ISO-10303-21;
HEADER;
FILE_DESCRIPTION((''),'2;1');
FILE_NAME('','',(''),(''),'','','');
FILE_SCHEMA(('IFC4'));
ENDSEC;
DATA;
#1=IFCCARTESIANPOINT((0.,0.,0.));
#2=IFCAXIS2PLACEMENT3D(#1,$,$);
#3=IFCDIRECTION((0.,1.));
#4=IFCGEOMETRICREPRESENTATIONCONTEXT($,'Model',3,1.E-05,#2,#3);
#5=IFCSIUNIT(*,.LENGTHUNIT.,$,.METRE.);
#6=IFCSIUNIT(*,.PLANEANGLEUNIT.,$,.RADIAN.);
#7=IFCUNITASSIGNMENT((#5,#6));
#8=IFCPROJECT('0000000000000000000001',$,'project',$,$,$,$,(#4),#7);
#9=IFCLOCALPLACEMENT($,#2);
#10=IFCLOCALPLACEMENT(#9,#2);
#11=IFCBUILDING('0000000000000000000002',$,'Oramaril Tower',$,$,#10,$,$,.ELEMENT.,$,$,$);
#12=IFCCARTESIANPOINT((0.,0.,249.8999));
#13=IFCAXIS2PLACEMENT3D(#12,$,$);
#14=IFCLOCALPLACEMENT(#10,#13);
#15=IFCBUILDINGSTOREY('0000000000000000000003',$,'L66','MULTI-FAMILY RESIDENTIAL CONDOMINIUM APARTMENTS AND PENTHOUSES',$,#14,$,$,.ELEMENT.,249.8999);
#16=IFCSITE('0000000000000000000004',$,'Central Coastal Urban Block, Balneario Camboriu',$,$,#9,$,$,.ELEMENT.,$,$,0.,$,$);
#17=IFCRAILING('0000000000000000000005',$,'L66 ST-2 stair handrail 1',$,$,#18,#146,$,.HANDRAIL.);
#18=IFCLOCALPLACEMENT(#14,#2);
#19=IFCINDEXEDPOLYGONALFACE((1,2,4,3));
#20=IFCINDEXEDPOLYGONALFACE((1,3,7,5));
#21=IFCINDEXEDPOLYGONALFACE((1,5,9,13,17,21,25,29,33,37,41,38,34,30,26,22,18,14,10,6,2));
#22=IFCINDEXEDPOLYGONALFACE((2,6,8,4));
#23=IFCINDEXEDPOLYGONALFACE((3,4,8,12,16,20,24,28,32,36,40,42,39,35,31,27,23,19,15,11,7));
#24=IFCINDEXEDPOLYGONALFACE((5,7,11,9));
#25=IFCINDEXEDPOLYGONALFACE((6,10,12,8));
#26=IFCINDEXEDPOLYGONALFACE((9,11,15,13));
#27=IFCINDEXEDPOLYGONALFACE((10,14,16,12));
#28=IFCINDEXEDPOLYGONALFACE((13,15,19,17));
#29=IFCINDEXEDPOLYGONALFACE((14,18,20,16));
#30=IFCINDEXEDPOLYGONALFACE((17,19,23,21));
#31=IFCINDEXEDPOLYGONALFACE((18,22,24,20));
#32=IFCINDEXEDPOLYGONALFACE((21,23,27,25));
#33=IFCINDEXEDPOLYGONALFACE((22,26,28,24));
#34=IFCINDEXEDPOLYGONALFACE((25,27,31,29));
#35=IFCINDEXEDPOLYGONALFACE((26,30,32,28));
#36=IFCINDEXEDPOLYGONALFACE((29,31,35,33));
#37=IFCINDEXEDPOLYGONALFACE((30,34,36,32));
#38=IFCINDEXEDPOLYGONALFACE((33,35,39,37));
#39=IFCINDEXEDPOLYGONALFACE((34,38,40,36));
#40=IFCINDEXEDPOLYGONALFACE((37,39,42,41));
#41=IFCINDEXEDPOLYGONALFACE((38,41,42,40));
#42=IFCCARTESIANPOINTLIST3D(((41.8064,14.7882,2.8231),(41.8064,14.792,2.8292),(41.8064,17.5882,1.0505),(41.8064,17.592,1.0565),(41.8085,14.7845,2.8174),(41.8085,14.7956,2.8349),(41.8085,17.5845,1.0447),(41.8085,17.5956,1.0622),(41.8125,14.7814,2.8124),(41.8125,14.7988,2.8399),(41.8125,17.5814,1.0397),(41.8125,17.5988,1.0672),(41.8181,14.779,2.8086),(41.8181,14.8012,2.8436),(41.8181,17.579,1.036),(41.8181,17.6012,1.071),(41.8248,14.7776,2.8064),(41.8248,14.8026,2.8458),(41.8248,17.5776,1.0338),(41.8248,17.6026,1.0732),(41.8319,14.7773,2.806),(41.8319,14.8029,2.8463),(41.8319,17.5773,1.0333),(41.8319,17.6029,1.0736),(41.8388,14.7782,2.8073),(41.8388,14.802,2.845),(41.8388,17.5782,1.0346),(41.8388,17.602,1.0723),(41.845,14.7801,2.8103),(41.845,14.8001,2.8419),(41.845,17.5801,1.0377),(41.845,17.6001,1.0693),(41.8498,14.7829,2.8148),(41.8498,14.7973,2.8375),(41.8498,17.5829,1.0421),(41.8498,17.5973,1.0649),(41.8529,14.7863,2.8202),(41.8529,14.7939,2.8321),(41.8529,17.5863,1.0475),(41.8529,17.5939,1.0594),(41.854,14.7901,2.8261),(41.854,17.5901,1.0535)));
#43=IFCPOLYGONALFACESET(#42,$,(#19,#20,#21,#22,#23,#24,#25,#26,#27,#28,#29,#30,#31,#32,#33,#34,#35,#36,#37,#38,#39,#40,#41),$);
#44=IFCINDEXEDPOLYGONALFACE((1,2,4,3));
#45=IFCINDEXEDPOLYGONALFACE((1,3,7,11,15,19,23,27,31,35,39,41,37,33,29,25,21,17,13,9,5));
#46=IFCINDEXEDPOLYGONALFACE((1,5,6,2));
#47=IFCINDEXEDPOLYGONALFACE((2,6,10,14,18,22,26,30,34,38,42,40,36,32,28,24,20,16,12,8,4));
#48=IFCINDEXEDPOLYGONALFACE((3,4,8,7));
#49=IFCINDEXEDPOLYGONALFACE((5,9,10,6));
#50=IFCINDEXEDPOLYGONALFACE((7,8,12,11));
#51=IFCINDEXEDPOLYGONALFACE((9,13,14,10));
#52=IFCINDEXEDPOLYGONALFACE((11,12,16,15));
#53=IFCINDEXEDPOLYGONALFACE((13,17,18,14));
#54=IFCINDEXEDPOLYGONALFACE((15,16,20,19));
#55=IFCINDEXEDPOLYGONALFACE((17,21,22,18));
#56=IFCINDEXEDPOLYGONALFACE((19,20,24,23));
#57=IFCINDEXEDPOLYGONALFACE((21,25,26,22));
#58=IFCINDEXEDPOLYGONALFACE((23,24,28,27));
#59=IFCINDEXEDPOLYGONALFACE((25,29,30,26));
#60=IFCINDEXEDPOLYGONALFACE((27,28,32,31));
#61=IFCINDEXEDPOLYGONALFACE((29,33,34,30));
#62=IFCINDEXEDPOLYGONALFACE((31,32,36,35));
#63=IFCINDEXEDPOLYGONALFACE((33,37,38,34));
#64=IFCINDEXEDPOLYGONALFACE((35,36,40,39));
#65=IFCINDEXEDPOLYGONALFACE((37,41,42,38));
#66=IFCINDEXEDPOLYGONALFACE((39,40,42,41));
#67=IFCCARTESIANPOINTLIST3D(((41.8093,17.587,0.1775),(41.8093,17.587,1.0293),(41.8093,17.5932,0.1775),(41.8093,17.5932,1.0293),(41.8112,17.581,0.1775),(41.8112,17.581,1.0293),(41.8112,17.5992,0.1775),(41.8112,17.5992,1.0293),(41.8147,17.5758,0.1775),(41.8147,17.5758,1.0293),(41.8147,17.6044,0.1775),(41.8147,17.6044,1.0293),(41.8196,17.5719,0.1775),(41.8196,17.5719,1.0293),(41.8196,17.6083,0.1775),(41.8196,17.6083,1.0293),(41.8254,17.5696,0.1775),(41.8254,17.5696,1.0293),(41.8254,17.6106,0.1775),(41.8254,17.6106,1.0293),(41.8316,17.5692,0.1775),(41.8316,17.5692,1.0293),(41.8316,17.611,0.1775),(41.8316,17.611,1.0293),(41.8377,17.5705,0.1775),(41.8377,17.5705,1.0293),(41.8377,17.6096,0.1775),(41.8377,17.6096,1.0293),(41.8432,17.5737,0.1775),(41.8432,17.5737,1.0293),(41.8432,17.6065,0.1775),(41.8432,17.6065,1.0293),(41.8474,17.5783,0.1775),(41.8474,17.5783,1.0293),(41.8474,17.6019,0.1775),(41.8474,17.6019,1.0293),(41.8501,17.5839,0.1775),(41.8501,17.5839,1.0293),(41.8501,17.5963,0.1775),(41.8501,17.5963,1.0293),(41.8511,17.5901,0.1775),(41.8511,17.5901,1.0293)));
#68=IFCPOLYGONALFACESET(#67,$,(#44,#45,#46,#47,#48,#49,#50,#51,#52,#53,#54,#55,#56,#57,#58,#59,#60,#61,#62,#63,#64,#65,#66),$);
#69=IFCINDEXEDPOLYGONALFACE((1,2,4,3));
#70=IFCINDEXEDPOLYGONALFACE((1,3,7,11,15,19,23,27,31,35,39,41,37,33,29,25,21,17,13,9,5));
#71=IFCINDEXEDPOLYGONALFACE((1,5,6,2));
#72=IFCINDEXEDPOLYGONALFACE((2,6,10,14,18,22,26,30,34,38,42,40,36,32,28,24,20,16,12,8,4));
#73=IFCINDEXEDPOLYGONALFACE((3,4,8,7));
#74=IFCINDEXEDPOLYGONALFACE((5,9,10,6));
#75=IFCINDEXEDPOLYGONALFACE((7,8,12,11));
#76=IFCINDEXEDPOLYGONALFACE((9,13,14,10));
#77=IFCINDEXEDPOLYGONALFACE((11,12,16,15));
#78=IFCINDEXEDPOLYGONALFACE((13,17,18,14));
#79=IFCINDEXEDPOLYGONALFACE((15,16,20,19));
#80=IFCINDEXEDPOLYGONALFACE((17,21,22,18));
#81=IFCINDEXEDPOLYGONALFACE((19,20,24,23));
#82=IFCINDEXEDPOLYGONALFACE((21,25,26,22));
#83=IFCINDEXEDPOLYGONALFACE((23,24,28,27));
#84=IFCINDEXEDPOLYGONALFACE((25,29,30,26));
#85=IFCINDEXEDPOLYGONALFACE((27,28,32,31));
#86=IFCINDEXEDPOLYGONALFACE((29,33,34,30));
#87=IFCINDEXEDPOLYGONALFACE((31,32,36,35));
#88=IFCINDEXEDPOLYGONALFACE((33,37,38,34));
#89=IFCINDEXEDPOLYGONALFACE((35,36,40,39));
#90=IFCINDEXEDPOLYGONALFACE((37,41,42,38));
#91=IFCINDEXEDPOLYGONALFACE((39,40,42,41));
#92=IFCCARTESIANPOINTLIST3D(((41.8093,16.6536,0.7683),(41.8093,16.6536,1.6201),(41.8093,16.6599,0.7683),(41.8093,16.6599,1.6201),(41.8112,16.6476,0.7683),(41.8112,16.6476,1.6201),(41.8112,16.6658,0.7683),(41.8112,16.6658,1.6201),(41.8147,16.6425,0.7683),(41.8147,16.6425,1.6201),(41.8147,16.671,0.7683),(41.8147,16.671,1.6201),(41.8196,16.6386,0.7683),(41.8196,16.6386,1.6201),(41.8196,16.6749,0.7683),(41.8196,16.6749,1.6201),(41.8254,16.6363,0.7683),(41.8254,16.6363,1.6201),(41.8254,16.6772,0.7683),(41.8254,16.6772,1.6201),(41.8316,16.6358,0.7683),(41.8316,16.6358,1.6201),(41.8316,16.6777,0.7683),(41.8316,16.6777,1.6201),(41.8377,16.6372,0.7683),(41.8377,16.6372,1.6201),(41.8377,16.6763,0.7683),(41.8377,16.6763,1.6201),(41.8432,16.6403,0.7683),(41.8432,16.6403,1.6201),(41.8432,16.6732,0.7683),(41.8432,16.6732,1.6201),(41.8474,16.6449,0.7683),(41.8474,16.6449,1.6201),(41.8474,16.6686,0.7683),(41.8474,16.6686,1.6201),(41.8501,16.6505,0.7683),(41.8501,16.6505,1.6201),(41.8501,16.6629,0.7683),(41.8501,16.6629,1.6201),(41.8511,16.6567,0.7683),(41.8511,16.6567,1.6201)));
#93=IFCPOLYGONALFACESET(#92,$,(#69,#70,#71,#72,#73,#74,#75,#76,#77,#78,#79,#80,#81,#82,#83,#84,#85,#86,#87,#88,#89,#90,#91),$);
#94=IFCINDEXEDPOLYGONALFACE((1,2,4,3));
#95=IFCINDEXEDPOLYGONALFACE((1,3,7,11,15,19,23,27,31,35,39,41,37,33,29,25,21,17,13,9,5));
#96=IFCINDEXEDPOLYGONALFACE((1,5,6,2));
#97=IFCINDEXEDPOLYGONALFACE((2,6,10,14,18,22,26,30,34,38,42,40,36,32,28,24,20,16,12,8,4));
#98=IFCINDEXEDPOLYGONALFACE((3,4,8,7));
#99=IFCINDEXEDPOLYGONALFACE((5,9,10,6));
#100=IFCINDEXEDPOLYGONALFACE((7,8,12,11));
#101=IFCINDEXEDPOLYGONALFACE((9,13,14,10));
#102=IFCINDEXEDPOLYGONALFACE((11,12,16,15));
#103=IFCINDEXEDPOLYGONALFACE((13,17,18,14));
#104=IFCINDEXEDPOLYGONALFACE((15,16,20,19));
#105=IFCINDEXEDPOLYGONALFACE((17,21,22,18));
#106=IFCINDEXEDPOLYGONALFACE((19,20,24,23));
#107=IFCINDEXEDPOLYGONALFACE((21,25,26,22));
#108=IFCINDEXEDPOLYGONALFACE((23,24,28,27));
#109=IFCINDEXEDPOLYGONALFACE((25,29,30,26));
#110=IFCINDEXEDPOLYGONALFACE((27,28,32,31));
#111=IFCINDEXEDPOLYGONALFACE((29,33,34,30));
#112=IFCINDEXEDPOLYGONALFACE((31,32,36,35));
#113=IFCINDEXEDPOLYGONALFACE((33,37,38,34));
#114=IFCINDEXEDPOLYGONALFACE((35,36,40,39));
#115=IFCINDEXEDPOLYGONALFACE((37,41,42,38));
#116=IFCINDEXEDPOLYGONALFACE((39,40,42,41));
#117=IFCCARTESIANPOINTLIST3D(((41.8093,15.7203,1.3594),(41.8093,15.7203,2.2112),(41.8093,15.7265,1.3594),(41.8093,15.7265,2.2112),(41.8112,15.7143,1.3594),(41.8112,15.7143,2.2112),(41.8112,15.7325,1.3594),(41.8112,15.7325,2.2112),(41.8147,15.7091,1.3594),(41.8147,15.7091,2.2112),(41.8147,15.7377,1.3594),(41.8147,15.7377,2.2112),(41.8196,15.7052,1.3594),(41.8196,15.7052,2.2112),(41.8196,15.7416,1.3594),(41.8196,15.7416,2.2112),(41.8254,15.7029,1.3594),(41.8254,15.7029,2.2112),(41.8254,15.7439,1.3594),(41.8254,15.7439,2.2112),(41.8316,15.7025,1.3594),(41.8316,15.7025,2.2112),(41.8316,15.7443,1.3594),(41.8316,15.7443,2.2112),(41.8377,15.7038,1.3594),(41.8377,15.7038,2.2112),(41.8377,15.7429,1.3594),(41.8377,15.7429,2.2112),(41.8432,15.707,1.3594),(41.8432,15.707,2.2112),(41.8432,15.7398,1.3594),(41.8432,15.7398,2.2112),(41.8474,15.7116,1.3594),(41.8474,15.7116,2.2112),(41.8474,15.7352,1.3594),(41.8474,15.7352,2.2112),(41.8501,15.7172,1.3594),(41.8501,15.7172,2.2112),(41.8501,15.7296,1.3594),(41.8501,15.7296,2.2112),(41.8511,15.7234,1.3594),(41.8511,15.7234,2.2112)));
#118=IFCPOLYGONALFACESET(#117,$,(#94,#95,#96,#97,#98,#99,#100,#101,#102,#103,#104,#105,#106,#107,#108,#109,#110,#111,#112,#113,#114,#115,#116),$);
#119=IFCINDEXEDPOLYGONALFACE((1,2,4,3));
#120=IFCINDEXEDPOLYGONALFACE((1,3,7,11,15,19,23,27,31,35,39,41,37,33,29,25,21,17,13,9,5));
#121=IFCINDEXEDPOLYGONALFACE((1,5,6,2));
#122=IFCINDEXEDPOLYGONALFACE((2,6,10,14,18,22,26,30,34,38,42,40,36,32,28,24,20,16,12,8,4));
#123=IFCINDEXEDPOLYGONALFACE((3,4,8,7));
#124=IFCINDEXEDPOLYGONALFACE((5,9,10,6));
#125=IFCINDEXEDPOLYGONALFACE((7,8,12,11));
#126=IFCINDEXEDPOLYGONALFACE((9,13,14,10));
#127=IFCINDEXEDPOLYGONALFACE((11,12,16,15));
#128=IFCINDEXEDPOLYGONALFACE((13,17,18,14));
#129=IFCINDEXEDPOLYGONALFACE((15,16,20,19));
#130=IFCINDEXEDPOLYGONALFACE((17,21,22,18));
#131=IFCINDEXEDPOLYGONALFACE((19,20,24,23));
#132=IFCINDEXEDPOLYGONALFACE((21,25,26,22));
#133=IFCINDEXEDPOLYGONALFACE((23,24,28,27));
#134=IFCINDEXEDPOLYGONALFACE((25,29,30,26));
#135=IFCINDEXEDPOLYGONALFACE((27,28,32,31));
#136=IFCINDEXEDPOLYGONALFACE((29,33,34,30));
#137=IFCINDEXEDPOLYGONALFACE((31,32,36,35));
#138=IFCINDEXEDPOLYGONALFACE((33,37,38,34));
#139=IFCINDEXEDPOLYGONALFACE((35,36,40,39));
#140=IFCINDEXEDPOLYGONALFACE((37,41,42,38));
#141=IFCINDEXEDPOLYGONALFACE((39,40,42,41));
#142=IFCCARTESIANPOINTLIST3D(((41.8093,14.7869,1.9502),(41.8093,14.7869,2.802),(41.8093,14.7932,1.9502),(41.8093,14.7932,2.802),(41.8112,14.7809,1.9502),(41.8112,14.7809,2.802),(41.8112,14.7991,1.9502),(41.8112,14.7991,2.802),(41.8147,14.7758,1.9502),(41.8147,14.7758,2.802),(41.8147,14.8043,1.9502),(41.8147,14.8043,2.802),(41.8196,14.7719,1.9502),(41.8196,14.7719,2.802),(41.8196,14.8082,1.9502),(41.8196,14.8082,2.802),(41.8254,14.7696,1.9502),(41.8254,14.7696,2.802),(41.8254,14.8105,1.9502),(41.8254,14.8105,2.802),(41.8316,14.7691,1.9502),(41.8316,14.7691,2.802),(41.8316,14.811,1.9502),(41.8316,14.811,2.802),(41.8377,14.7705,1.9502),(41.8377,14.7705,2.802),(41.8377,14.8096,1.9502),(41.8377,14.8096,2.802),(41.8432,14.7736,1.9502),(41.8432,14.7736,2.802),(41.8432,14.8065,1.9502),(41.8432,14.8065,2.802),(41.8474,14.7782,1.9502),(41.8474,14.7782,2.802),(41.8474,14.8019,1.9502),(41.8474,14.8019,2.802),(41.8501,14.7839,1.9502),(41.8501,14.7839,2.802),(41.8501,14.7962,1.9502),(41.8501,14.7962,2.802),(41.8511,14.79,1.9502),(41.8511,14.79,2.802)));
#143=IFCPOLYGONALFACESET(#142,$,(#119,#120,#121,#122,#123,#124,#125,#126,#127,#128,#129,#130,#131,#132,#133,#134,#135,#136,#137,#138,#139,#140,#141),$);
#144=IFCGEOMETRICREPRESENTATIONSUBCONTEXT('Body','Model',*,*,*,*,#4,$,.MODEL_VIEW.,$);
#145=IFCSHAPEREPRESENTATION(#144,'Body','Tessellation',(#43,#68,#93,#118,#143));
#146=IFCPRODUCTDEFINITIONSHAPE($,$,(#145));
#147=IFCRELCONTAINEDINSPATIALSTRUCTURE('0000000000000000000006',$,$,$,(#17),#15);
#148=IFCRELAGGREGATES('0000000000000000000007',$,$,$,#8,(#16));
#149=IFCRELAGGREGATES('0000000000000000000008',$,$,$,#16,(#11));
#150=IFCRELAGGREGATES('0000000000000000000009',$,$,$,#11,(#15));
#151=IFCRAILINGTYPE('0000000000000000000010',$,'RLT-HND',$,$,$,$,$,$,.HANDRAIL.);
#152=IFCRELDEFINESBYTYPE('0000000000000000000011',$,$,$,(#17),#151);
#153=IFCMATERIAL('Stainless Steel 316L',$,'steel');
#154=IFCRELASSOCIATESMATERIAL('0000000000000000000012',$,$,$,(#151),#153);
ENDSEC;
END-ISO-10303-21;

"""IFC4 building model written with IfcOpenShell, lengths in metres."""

from ifc_helpers import new_model, si_unit, direction, frame, origin, origin_2d, place, context, subcontext, project, spatial, circle, extrude, material, type_object, element, save


model = new_model("IFC4")

# Units and contexts
model_context = context("Model", 3, precision=1e-05, world=origin(), true_north=direction((0.0, 1.0)))
body_context = subcontext(model_context, "Body", "Model", "MODEL_VIEW")
ifc_project = project(units=[si_unit("LENGTHUNIT", "METRE"), si_unit("PLANEANGLEUNIT", "RADIAN")], contexts=[model_context])

# Site, building, storey
site_placement = place(None, origin())
site = spatial("IfcSite", under=ifc_project, at=site_placement, Name="Central Coastal Urban Block, Balneario Camboriu", CompositionType="ELEMENT", RefElevation=0.0)
building_placement = place(site_placement, origin())
building = spatial("IfcBuilding", under=site, at=building_placement, Name="Oramaril Tower", CompositionType="ELEMENT")
storey_placement = place(building_placement, frame((0.0, 0.0, 249.8999)))
storey = spatial("IfcBuildingStorey", under=building, at=storey_placement, Name="L66", Description="MULTI-FAMILY RESIDENTIAL CONDOMINIUM APARTMENTS AND PENTHOUSES", CompositionType="ELEMENT", Elevation=249.8999)

# Railing
ifc_material_1 = material(Name="Stainless Steel 316L", Category="steel")
railing_type_1 = type_object("IfcRailingType", Name="RLT-HND", PredefinedType="HANDRAIL", material=ifc_material_1)
railing_1_placement = place(storey_placement, frame((41.8301, 17.5901, 0.1775)))
element("IfcRailing", 1, at=railing_1_placement, inside=storey, type_object=railing_type_1, Name="L66 ST-2 stair handrail 1", PredefinedType="HANDRAIL", context=body_context, shape_type="SweptSolid", body=[
    extrude(circle(Radius=0.0239, at=origin_2d()), frame((0.0, 0.0, 0.876), z_axis=(0.0, -0.844909, 0.53491), x_axis=(1.0, 0.0, 0.0)), (0.0, 0.0, 1.0), 3.314),
    extrude(circle(Radius=0.021, at=origin_2d()), origin(), (0.0, 0.0, 1.0), 0.8518),
    extrude(circle(Radius=0.021, at=origin_2d()), frame((0.0, -0.9333, 0.5908)), (0.0, 0.0, 1.0), 0.8518),
    extrude(circle(Radius=0.021, at=origin_2d()), frame((0.0, -1.8667, 1.1819)), (0.0, 0.0, 1.0), 0.8518),
    extrude(circle(Radius=0.021, at=origin_2d()), frame((0.0, -2.8, 1.7727)), (0.0, 0.0, 1.0), 0.8518),
])

save(model, "model.ifc")
